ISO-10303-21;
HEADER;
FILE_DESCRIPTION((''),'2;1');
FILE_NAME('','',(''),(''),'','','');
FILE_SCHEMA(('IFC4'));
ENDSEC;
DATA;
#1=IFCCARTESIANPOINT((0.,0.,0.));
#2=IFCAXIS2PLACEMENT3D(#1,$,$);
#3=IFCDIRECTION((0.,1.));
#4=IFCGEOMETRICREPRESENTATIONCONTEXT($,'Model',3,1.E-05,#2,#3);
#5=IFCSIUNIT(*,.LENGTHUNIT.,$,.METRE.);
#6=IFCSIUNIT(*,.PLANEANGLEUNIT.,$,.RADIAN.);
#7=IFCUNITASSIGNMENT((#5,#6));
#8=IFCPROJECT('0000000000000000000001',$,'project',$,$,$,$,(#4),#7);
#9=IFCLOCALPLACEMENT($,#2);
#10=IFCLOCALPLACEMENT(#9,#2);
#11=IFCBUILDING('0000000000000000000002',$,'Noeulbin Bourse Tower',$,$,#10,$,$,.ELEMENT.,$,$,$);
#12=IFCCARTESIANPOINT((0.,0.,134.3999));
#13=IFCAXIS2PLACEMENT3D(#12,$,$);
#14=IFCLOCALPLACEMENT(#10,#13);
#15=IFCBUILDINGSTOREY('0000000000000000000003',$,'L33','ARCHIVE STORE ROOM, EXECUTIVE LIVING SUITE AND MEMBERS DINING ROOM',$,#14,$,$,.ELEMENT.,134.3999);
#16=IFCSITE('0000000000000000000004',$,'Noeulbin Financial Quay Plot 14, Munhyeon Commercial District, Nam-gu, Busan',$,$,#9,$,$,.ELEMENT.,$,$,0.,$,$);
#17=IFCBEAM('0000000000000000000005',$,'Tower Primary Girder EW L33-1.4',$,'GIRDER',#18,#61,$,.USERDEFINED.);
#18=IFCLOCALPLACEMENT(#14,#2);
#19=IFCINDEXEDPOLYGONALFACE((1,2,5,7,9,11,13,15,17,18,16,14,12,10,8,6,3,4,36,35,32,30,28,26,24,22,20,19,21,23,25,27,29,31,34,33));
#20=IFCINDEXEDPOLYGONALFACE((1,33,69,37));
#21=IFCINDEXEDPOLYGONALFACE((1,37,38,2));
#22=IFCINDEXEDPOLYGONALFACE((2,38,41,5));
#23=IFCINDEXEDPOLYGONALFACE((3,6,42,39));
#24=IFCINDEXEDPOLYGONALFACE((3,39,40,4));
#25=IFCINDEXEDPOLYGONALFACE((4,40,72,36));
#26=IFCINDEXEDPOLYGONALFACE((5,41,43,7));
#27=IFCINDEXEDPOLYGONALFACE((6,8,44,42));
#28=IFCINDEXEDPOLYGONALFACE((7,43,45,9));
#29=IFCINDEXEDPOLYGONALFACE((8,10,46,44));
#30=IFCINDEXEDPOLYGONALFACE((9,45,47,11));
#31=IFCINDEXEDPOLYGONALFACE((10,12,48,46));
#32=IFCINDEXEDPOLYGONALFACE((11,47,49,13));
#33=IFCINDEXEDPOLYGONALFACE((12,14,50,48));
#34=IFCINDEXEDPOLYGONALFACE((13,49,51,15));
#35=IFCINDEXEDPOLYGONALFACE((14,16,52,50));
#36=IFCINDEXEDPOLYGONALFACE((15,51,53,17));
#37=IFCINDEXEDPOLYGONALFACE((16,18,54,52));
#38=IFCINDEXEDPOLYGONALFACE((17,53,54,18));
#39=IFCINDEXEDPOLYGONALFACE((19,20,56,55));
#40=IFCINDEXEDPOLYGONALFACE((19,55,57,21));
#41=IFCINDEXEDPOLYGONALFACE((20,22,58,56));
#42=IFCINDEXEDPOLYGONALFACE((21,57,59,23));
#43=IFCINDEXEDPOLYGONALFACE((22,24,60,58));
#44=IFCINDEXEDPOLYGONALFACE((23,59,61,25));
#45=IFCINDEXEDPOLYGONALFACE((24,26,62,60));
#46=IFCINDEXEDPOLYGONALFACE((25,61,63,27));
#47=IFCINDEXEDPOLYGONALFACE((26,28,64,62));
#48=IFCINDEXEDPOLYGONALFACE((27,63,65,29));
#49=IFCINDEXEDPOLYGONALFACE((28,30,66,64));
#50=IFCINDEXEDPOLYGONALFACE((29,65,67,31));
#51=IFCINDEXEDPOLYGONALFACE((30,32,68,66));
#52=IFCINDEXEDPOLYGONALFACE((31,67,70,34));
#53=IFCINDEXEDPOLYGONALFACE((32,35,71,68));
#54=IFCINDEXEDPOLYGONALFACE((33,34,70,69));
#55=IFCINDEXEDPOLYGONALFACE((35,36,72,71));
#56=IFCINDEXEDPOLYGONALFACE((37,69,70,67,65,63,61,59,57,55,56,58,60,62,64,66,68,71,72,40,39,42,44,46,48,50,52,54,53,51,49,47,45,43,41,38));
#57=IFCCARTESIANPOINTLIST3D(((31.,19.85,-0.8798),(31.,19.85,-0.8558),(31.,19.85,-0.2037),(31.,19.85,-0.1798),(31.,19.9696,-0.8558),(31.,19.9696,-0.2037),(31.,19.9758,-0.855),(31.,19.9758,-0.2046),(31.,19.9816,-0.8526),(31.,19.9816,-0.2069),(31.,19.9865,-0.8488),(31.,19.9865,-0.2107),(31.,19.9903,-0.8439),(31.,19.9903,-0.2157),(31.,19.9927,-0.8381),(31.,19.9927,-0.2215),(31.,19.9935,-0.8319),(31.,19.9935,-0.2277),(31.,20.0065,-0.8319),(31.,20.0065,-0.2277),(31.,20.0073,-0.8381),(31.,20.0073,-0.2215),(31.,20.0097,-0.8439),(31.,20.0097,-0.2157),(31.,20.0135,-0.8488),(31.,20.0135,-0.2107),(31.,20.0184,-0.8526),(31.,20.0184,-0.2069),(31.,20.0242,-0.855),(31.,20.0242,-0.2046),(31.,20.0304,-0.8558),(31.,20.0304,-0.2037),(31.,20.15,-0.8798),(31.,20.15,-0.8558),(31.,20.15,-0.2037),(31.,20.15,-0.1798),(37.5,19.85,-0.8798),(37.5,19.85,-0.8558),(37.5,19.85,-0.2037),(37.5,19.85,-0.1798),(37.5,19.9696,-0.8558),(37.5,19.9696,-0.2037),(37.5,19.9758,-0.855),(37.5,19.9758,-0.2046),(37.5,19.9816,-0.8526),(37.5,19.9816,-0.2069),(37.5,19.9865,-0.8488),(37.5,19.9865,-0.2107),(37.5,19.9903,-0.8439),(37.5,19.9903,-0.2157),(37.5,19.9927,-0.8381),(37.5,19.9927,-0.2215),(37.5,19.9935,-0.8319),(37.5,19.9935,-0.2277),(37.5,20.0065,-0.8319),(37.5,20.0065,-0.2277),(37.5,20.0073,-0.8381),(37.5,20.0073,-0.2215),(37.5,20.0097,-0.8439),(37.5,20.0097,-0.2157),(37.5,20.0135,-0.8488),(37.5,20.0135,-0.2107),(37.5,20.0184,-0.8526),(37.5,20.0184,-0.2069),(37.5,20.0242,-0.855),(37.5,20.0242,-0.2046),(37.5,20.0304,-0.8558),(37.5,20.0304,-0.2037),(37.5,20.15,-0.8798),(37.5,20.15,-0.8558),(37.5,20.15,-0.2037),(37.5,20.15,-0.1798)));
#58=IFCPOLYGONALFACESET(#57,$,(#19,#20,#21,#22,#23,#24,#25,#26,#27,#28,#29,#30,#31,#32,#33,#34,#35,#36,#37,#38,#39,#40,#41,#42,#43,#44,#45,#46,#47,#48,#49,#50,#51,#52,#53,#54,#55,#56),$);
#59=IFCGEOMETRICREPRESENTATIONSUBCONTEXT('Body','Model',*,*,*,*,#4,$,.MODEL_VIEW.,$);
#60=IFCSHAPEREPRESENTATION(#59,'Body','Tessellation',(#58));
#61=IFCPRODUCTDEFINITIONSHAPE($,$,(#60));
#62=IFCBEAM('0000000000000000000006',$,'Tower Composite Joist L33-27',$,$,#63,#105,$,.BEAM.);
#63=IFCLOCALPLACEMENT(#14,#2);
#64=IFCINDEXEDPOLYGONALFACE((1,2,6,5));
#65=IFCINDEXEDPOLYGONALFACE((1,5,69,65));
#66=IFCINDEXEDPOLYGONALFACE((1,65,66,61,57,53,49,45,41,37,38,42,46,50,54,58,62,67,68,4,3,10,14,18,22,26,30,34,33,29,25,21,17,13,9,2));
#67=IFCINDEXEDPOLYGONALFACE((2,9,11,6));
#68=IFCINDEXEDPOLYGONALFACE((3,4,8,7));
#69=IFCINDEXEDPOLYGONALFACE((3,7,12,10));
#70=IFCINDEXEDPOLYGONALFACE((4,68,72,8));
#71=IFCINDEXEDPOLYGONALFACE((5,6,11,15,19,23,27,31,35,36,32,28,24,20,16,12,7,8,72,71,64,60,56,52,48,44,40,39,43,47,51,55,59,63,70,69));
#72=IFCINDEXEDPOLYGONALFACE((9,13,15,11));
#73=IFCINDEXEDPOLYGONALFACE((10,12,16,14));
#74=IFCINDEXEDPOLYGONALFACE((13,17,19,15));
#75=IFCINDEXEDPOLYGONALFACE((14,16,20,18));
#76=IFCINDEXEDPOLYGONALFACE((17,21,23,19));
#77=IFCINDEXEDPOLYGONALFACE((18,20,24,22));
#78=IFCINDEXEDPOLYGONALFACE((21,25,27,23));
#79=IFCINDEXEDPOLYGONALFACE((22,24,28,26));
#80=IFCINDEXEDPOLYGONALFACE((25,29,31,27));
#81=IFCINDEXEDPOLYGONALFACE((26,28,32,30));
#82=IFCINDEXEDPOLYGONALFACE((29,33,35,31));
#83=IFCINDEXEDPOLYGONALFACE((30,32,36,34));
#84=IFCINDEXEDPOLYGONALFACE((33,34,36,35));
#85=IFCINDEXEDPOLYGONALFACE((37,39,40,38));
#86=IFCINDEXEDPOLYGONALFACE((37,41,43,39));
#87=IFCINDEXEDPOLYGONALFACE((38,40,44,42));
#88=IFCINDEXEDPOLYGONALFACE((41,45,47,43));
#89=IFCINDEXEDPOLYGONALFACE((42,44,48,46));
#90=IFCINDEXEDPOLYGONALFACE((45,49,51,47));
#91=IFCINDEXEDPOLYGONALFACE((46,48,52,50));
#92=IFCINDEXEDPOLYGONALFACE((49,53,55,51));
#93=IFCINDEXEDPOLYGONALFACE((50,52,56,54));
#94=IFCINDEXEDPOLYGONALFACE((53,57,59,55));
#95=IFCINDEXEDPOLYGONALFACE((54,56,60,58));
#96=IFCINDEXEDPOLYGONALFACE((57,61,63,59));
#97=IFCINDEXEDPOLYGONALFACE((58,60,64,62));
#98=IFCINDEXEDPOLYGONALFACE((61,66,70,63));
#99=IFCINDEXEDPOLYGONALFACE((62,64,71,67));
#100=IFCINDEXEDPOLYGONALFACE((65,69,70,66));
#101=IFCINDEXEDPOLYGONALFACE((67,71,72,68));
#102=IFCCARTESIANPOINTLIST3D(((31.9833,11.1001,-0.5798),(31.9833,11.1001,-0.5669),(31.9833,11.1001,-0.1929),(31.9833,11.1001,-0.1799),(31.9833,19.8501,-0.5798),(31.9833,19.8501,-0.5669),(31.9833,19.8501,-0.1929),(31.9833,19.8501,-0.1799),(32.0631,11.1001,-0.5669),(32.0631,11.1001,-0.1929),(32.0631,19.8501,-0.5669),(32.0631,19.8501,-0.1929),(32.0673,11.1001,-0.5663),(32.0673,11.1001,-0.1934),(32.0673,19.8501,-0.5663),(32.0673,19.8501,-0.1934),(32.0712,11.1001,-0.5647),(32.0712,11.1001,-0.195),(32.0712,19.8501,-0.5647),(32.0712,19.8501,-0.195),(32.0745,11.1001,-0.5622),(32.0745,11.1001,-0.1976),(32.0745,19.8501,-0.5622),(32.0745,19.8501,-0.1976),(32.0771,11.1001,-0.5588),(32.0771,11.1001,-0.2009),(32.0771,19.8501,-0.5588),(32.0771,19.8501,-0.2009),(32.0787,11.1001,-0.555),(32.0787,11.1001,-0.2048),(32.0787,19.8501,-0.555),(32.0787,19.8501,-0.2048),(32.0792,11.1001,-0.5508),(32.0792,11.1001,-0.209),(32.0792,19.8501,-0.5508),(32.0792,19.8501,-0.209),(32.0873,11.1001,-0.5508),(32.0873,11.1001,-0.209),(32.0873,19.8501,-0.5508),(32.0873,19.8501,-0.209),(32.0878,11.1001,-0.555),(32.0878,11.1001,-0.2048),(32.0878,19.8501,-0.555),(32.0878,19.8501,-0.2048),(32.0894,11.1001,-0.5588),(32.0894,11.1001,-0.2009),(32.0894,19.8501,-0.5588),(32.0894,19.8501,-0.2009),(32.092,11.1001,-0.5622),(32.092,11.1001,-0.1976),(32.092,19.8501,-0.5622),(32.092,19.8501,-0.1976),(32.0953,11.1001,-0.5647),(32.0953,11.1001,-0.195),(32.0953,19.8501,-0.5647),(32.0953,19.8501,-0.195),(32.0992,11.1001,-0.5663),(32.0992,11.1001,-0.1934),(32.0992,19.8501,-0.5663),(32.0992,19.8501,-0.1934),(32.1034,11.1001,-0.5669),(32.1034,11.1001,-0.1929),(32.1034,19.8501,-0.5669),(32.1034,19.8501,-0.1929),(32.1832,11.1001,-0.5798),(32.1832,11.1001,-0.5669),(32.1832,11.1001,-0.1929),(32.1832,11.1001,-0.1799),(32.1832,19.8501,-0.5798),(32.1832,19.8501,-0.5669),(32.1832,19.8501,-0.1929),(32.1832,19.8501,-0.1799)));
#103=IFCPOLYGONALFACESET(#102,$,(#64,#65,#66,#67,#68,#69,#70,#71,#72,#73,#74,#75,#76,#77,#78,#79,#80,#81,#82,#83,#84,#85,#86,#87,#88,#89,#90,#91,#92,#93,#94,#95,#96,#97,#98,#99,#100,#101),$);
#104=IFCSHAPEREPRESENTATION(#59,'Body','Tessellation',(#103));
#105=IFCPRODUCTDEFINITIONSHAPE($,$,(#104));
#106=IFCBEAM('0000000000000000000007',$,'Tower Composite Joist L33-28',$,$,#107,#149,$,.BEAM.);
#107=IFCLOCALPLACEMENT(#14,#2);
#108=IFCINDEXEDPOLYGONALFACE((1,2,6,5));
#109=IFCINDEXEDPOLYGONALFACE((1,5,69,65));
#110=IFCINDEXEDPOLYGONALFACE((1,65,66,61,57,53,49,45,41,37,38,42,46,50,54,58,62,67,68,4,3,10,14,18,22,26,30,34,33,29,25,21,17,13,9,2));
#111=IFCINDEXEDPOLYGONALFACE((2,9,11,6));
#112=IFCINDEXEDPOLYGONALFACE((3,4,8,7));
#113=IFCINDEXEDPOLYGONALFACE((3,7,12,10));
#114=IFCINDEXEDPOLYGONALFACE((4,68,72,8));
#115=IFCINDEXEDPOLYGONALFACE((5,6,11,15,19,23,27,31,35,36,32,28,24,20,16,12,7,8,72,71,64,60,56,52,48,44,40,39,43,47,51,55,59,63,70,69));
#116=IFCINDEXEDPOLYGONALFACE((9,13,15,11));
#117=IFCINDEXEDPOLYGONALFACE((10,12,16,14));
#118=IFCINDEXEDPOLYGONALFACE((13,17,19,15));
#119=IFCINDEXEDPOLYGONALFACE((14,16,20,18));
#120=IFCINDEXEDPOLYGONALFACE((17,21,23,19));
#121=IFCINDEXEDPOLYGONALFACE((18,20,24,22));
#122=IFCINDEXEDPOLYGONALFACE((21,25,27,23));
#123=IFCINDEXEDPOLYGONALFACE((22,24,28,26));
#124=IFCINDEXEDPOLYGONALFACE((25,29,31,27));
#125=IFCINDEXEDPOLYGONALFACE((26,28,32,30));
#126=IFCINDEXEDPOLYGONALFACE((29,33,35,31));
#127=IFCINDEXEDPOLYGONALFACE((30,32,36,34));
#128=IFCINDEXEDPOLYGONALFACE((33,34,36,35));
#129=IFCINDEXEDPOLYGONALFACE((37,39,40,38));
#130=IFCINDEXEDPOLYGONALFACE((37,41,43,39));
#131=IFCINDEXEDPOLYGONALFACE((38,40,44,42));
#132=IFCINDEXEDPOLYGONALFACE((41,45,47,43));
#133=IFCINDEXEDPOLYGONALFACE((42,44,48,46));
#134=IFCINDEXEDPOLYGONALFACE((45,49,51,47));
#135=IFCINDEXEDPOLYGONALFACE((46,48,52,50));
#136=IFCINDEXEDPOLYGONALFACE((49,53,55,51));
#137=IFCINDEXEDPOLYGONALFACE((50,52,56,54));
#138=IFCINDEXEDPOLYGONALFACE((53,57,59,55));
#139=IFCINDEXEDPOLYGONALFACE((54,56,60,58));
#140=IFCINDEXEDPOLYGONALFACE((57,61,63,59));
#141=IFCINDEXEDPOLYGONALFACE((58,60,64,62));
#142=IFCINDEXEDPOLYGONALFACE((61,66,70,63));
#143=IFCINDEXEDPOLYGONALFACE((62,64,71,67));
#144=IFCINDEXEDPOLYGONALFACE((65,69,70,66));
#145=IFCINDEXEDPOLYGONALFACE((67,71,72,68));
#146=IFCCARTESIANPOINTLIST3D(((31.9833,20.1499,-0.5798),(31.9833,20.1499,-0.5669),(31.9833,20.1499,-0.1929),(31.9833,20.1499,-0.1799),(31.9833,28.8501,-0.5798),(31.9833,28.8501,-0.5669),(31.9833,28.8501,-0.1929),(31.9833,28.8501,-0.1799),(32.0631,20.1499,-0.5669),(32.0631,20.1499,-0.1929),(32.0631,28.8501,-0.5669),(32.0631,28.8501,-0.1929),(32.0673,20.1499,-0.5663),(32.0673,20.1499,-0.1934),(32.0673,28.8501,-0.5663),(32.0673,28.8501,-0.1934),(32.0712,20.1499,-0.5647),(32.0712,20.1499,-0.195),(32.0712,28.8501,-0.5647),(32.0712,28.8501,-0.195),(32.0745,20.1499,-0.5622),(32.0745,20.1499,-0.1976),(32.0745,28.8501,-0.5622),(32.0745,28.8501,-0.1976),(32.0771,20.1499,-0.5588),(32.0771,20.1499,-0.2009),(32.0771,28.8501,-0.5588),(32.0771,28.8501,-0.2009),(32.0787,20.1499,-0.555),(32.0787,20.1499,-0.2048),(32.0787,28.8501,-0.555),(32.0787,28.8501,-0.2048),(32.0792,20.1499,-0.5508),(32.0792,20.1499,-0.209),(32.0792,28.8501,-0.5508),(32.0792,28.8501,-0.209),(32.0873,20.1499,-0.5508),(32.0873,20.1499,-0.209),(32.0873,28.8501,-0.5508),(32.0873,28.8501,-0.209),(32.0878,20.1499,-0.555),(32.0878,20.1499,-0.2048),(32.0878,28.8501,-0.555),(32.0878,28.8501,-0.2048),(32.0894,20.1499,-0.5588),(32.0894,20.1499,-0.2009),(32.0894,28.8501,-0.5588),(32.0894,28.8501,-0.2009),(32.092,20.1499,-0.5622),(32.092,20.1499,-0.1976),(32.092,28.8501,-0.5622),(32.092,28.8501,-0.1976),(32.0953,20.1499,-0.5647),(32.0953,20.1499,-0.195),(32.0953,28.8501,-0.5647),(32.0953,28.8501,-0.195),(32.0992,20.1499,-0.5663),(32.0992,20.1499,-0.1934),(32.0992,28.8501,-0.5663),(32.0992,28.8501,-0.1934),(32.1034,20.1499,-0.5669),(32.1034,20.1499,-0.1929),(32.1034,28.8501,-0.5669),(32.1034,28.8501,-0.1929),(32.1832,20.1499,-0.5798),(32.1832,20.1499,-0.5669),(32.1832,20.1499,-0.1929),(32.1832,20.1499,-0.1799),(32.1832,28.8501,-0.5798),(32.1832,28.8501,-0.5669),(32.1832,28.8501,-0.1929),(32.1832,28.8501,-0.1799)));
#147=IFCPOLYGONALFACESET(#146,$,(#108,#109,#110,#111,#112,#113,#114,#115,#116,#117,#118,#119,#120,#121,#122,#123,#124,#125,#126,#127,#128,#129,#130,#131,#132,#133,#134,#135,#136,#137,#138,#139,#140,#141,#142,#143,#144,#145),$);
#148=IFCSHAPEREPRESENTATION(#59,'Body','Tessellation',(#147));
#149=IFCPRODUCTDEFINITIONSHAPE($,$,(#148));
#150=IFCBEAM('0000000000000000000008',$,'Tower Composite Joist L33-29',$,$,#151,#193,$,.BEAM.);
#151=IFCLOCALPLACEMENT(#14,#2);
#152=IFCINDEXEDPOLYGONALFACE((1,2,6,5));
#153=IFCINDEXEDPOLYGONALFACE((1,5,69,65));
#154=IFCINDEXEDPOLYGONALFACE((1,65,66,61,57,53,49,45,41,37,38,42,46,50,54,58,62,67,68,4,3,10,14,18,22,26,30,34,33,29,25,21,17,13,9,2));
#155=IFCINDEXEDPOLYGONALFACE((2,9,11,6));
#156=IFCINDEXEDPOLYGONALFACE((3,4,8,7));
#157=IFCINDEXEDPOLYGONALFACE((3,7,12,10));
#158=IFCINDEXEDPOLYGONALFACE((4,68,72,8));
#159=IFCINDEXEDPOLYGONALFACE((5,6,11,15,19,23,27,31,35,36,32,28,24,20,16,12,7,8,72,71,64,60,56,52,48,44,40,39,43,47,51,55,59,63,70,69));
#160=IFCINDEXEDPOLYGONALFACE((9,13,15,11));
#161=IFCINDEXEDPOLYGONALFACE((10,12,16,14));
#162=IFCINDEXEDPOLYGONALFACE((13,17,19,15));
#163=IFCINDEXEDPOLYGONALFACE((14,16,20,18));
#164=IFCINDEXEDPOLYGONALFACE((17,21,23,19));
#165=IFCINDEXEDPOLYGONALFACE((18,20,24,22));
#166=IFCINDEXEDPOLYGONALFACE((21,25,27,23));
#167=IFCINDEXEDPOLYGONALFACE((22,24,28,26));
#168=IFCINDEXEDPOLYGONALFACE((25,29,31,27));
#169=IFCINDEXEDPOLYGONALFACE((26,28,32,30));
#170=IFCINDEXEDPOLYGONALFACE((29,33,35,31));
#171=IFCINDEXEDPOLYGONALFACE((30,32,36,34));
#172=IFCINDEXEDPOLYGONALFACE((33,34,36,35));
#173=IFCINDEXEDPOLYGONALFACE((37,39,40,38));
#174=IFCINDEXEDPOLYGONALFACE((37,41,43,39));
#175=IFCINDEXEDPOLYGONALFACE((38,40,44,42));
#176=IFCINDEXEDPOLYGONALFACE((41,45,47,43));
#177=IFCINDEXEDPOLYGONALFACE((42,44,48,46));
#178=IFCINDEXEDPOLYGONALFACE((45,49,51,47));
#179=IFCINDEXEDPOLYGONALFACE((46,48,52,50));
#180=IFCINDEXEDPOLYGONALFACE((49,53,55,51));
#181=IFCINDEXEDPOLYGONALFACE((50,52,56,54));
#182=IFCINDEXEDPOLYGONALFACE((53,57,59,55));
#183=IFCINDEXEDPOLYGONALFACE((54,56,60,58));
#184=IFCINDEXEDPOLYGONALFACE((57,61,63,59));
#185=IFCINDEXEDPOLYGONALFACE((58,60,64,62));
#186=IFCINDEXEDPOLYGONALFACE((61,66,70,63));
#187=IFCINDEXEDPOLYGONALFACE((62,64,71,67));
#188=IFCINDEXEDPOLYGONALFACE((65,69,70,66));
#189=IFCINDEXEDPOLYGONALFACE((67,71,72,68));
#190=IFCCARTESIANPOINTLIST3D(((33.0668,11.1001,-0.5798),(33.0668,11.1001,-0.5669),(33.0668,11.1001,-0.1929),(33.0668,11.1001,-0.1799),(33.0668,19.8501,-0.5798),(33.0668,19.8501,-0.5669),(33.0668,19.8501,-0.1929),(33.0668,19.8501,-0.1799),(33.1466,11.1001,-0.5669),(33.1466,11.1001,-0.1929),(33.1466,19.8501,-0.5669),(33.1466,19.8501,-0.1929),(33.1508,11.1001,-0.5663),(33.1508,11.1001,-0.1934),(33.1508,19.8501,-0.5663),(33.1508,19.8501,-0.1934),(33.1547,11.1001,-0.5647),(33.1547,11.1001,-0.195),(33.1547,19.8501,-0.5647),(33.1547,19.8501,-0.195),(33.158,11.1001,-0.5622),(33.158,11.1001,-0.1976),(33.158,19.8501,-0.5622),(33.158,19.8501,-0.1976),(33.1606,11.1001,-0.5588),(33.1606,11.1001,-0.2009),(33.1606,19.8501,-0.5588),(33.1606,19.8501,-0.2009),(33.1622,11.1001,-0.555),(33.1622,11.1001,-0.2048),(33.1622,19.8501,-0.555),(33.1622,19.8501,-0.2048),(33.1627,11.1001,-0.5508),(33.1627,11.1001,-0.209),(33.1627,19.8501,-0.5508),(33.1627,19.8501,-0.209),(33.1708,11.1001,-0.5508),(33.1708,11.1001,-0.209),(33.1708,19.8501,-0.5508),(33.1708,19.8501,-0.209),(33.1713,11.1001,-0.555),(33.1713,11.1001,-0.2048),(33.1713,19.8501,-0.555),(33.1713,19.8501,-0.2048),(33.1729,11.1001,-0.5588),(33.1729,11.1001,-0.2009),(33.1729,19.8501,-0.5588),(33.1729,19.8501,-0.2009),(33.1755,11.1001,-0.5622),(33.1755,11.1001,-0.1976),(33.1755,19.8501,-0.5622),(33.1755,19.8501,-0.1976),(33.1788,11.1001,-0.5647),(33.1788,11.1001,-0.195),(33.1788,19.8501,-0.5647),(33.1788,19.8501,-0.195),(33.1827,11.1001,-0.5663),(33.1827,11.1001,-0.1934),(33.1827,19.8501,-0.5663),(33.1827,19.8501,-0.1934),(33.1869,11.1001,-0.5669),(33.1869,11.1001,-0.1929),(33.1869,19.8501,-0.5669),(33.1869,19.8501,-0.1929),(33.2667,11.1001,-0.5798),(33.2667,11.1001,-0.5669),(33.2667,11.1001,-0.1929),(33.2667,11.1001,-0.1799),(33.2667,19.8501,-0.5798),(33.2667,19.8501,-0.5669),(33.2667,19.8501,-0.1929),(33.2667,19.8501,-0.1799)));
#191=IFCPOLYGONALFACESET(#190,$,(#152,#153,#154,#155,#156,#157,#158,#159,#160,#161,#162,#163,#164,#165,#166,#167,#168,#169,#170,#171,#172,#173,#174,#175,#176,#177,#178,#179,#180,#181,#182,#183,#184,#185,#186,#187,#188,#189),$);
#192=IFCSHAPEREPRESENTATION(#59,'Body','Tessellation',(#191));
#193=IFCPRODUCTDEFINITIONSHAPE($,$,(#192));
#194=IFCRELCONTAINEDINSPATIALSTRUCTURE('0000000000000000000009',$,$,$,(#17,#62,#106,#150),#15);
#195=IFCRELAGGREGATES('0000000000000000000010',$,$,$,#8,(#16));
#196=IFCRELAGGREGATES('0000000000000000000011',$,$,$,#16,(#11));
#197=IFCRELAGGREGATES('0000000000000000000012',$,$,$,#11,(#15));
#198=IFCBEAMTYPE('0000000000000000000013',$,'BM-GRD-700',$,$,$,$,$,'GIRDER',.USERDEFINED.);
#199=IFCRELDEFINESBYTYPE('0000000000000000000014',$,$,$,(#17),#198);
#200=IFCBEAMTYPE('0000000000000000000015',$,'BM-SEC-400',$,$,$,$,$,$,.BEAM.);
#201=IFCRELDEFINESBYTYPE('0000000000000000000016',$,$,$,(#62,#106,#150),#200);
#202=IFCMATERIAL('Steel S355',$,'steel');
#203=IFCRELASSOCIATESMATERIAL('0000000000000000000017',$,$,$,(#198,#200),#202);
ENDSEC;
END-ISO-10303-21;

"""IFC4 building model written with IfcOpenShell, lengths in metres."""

from ifc_helpers import new_model, si_unit, direction, frame, origin, origin_2d, place, context, subcontext, project, spatial, i_section, extrude, material, material_profile, profile_set, type_object, element, save


model = new_model("IFC4")

# Units and contexts
model_context = context("Model", 3, precision=1e-05, world=origin(), true_north=direction((0.0, 1.0)))
body_context = subcontext(model_context, "Body", "Model", "MODEL_VIEW")
ifc_project = project(units=[si_unit("LENGTHUNIT", "METRE"), si_unit("PLANEANGLEUNIT", "RADIAN")], contexts=[model_context])

# Site, building, storey
site_placement = place(None, origin())
site = spatial("IfcSite", under=ifc_project, at=site_placement, Name="Noeulbin Financial Quay Plot 14, Munhyeon Commercial District, Nam-gu, Busan", CompositionType="ELEMENT", RefElevation=0.0)
building_placement = place(site_placement, origin())
building = spatial("IfcBuilding", under=site, at=building_placement, Name="Noeulbin Bourse Tower", CompositionType="ELEMENT")
storey_placement = place(building_placement, frame((0.0, 0.0, 134.3999)))
storey = spatial("IfcBuildingStorey", under=building, at=storey_placement, Name="L33", Description="ARCHIVE STORE ROOM, EXECUTIVE LIVING SUITE AND MEMBERS DINING ROOM", CompositionType="ELEMENT", Elevation=134.3999)

# Shared definitions
ifc_material_1 = material(Name="Steel S355", Category="steel")

# Beams
ifc_material_profile_1 = material_profile(ifc_material_1, i_section(OverallWidth=0.3, OverallDepth=0.7, WebThickness=0.0129, FlangeThickness=0.0239, FilletRadius=0.0239, at=origin_2d()), Name="H-700x300x13x24", Category="LoadBearing")
ifc_profile_set_1 = profile_set([ifc_material_profile_1], Name="Steel S355")
beam_type_1 = type_object("IfcBeamType", Name="BM-GRD-700", ElementType="GIRDER", PredefinedType="USERDEFINED", material=ifc_profile_set_1)
beam_1_placement = place(storey_placement, frame((31.0, 20.0, -0.5298), z_axis=(1.0, 0.0, 0.0), x_axis=(0.0, 1.0, 0.0)))
element("IfcBeam", 1, at=beam_1_placement, inside=storey, type_object=beam_type_1, Name="Tower Primary Girder EW L33-1.4", ObjectType="GIRDER", PredefinedType="USERDEFINED", context=body_context, shape_type="SweptSolid", body=[
    extrude(i_section(OverallWidth=0.3, OverallDepth=0.7, WebThickness=0.0129, FlangeThickness=0.0239, FilletRadius=0.0239, at=origin_2d()), origin(), (0.0, 0.0, 1.0), 6.5),
])
ifc_material_profile_2 = material_profile(ifc_material_1, i_section(OverallWidth=0.2, OverallDepth=0.3999, WebThickness=0.0081, FlangeThickness=0.0129, FilletRadius=0.0161, at=origin_2d()), Name="H-400x200x8x13", Category="LoadBearing")
ifc_profile_set_2 = profile_set([ifc_material_profile_2], Name="Steel S355")
beam_type_2 = type_object("IfcBeamType", Name="BM-SEC-400", PredefinedType="BEAM", material=ifc_profile_set_2)
beam_2_placement = place(storey_placement, frame((32.0833, 11.1001, -0.3799), z_axis=(0.0, 1.0, 0.0), x_axis=(-1.0, 0.0, 0.0)))
element("IfcBeam", 2, at=beam_2_placement, inside=storey, type_object=beam_type_2, Name="Tower Composite Joist L33-27", PredefinedType="BEAM", context=body_context, shape_type="SweptSolid", body=[
    extrude(i_section(OverallWidth=0.2, OverallDepth=0.3999, WebThickness=0.0081, FlangeThickness=0.0129, FilletRadius=0.0161, at=origin_2d()), origin(), (0.0, 0.0, 1.0), 8.75),
])
beam_3_placement = place(storey_placement, frame((32.0833, 20.1499, -0.3799), z_axis=(0.0, 1.0, 0.0), x_axis=(-1.0, 0.0, 0.0)))
element("IfcBeam", 3, at=beam_3_placement, inside=storey, type_object=beam_type_2, Name="Tower Composite Joist L33-28", PredefinedType="BEAM", context=body_context, shape_type="SweptSolid", body=[
    extrude(i_section(OverallWidth=0.2, OverallDepth=0.3999, WebThickness=0.0081, FlangeThickness=0.0129, FilletRadius=0.0161, at=origin_2d()), origin(), (0.0, 0.0, 1.0), 8.7002),
])
beam_4_placement = place(storey_placement, frame((33.1667, 11.1001, -0.3799), z_axis=(0.0, 1.0, 0.0), x_axis=(-1.0, 0.0, 0.0)))
element("IfcBeam", 4, at=beam_4_placement, inside=storey, type_object=beam_type_2, Name="Tower Composite Joist L33-29", PredefinedType="BEAM", context=body_context, shape_type="SweptSolid", body=[
    extrude(i_section(OverallWidth=0.2, OverallDepth=0.3999, WebThickness=0.0081, FlangeThickness=0.0129, FilletRadius=0.0161, at=origin_2d()), origin(), (0.0, 0.0, 1.0), 8.75),
])

save(model, "model.ifc")
